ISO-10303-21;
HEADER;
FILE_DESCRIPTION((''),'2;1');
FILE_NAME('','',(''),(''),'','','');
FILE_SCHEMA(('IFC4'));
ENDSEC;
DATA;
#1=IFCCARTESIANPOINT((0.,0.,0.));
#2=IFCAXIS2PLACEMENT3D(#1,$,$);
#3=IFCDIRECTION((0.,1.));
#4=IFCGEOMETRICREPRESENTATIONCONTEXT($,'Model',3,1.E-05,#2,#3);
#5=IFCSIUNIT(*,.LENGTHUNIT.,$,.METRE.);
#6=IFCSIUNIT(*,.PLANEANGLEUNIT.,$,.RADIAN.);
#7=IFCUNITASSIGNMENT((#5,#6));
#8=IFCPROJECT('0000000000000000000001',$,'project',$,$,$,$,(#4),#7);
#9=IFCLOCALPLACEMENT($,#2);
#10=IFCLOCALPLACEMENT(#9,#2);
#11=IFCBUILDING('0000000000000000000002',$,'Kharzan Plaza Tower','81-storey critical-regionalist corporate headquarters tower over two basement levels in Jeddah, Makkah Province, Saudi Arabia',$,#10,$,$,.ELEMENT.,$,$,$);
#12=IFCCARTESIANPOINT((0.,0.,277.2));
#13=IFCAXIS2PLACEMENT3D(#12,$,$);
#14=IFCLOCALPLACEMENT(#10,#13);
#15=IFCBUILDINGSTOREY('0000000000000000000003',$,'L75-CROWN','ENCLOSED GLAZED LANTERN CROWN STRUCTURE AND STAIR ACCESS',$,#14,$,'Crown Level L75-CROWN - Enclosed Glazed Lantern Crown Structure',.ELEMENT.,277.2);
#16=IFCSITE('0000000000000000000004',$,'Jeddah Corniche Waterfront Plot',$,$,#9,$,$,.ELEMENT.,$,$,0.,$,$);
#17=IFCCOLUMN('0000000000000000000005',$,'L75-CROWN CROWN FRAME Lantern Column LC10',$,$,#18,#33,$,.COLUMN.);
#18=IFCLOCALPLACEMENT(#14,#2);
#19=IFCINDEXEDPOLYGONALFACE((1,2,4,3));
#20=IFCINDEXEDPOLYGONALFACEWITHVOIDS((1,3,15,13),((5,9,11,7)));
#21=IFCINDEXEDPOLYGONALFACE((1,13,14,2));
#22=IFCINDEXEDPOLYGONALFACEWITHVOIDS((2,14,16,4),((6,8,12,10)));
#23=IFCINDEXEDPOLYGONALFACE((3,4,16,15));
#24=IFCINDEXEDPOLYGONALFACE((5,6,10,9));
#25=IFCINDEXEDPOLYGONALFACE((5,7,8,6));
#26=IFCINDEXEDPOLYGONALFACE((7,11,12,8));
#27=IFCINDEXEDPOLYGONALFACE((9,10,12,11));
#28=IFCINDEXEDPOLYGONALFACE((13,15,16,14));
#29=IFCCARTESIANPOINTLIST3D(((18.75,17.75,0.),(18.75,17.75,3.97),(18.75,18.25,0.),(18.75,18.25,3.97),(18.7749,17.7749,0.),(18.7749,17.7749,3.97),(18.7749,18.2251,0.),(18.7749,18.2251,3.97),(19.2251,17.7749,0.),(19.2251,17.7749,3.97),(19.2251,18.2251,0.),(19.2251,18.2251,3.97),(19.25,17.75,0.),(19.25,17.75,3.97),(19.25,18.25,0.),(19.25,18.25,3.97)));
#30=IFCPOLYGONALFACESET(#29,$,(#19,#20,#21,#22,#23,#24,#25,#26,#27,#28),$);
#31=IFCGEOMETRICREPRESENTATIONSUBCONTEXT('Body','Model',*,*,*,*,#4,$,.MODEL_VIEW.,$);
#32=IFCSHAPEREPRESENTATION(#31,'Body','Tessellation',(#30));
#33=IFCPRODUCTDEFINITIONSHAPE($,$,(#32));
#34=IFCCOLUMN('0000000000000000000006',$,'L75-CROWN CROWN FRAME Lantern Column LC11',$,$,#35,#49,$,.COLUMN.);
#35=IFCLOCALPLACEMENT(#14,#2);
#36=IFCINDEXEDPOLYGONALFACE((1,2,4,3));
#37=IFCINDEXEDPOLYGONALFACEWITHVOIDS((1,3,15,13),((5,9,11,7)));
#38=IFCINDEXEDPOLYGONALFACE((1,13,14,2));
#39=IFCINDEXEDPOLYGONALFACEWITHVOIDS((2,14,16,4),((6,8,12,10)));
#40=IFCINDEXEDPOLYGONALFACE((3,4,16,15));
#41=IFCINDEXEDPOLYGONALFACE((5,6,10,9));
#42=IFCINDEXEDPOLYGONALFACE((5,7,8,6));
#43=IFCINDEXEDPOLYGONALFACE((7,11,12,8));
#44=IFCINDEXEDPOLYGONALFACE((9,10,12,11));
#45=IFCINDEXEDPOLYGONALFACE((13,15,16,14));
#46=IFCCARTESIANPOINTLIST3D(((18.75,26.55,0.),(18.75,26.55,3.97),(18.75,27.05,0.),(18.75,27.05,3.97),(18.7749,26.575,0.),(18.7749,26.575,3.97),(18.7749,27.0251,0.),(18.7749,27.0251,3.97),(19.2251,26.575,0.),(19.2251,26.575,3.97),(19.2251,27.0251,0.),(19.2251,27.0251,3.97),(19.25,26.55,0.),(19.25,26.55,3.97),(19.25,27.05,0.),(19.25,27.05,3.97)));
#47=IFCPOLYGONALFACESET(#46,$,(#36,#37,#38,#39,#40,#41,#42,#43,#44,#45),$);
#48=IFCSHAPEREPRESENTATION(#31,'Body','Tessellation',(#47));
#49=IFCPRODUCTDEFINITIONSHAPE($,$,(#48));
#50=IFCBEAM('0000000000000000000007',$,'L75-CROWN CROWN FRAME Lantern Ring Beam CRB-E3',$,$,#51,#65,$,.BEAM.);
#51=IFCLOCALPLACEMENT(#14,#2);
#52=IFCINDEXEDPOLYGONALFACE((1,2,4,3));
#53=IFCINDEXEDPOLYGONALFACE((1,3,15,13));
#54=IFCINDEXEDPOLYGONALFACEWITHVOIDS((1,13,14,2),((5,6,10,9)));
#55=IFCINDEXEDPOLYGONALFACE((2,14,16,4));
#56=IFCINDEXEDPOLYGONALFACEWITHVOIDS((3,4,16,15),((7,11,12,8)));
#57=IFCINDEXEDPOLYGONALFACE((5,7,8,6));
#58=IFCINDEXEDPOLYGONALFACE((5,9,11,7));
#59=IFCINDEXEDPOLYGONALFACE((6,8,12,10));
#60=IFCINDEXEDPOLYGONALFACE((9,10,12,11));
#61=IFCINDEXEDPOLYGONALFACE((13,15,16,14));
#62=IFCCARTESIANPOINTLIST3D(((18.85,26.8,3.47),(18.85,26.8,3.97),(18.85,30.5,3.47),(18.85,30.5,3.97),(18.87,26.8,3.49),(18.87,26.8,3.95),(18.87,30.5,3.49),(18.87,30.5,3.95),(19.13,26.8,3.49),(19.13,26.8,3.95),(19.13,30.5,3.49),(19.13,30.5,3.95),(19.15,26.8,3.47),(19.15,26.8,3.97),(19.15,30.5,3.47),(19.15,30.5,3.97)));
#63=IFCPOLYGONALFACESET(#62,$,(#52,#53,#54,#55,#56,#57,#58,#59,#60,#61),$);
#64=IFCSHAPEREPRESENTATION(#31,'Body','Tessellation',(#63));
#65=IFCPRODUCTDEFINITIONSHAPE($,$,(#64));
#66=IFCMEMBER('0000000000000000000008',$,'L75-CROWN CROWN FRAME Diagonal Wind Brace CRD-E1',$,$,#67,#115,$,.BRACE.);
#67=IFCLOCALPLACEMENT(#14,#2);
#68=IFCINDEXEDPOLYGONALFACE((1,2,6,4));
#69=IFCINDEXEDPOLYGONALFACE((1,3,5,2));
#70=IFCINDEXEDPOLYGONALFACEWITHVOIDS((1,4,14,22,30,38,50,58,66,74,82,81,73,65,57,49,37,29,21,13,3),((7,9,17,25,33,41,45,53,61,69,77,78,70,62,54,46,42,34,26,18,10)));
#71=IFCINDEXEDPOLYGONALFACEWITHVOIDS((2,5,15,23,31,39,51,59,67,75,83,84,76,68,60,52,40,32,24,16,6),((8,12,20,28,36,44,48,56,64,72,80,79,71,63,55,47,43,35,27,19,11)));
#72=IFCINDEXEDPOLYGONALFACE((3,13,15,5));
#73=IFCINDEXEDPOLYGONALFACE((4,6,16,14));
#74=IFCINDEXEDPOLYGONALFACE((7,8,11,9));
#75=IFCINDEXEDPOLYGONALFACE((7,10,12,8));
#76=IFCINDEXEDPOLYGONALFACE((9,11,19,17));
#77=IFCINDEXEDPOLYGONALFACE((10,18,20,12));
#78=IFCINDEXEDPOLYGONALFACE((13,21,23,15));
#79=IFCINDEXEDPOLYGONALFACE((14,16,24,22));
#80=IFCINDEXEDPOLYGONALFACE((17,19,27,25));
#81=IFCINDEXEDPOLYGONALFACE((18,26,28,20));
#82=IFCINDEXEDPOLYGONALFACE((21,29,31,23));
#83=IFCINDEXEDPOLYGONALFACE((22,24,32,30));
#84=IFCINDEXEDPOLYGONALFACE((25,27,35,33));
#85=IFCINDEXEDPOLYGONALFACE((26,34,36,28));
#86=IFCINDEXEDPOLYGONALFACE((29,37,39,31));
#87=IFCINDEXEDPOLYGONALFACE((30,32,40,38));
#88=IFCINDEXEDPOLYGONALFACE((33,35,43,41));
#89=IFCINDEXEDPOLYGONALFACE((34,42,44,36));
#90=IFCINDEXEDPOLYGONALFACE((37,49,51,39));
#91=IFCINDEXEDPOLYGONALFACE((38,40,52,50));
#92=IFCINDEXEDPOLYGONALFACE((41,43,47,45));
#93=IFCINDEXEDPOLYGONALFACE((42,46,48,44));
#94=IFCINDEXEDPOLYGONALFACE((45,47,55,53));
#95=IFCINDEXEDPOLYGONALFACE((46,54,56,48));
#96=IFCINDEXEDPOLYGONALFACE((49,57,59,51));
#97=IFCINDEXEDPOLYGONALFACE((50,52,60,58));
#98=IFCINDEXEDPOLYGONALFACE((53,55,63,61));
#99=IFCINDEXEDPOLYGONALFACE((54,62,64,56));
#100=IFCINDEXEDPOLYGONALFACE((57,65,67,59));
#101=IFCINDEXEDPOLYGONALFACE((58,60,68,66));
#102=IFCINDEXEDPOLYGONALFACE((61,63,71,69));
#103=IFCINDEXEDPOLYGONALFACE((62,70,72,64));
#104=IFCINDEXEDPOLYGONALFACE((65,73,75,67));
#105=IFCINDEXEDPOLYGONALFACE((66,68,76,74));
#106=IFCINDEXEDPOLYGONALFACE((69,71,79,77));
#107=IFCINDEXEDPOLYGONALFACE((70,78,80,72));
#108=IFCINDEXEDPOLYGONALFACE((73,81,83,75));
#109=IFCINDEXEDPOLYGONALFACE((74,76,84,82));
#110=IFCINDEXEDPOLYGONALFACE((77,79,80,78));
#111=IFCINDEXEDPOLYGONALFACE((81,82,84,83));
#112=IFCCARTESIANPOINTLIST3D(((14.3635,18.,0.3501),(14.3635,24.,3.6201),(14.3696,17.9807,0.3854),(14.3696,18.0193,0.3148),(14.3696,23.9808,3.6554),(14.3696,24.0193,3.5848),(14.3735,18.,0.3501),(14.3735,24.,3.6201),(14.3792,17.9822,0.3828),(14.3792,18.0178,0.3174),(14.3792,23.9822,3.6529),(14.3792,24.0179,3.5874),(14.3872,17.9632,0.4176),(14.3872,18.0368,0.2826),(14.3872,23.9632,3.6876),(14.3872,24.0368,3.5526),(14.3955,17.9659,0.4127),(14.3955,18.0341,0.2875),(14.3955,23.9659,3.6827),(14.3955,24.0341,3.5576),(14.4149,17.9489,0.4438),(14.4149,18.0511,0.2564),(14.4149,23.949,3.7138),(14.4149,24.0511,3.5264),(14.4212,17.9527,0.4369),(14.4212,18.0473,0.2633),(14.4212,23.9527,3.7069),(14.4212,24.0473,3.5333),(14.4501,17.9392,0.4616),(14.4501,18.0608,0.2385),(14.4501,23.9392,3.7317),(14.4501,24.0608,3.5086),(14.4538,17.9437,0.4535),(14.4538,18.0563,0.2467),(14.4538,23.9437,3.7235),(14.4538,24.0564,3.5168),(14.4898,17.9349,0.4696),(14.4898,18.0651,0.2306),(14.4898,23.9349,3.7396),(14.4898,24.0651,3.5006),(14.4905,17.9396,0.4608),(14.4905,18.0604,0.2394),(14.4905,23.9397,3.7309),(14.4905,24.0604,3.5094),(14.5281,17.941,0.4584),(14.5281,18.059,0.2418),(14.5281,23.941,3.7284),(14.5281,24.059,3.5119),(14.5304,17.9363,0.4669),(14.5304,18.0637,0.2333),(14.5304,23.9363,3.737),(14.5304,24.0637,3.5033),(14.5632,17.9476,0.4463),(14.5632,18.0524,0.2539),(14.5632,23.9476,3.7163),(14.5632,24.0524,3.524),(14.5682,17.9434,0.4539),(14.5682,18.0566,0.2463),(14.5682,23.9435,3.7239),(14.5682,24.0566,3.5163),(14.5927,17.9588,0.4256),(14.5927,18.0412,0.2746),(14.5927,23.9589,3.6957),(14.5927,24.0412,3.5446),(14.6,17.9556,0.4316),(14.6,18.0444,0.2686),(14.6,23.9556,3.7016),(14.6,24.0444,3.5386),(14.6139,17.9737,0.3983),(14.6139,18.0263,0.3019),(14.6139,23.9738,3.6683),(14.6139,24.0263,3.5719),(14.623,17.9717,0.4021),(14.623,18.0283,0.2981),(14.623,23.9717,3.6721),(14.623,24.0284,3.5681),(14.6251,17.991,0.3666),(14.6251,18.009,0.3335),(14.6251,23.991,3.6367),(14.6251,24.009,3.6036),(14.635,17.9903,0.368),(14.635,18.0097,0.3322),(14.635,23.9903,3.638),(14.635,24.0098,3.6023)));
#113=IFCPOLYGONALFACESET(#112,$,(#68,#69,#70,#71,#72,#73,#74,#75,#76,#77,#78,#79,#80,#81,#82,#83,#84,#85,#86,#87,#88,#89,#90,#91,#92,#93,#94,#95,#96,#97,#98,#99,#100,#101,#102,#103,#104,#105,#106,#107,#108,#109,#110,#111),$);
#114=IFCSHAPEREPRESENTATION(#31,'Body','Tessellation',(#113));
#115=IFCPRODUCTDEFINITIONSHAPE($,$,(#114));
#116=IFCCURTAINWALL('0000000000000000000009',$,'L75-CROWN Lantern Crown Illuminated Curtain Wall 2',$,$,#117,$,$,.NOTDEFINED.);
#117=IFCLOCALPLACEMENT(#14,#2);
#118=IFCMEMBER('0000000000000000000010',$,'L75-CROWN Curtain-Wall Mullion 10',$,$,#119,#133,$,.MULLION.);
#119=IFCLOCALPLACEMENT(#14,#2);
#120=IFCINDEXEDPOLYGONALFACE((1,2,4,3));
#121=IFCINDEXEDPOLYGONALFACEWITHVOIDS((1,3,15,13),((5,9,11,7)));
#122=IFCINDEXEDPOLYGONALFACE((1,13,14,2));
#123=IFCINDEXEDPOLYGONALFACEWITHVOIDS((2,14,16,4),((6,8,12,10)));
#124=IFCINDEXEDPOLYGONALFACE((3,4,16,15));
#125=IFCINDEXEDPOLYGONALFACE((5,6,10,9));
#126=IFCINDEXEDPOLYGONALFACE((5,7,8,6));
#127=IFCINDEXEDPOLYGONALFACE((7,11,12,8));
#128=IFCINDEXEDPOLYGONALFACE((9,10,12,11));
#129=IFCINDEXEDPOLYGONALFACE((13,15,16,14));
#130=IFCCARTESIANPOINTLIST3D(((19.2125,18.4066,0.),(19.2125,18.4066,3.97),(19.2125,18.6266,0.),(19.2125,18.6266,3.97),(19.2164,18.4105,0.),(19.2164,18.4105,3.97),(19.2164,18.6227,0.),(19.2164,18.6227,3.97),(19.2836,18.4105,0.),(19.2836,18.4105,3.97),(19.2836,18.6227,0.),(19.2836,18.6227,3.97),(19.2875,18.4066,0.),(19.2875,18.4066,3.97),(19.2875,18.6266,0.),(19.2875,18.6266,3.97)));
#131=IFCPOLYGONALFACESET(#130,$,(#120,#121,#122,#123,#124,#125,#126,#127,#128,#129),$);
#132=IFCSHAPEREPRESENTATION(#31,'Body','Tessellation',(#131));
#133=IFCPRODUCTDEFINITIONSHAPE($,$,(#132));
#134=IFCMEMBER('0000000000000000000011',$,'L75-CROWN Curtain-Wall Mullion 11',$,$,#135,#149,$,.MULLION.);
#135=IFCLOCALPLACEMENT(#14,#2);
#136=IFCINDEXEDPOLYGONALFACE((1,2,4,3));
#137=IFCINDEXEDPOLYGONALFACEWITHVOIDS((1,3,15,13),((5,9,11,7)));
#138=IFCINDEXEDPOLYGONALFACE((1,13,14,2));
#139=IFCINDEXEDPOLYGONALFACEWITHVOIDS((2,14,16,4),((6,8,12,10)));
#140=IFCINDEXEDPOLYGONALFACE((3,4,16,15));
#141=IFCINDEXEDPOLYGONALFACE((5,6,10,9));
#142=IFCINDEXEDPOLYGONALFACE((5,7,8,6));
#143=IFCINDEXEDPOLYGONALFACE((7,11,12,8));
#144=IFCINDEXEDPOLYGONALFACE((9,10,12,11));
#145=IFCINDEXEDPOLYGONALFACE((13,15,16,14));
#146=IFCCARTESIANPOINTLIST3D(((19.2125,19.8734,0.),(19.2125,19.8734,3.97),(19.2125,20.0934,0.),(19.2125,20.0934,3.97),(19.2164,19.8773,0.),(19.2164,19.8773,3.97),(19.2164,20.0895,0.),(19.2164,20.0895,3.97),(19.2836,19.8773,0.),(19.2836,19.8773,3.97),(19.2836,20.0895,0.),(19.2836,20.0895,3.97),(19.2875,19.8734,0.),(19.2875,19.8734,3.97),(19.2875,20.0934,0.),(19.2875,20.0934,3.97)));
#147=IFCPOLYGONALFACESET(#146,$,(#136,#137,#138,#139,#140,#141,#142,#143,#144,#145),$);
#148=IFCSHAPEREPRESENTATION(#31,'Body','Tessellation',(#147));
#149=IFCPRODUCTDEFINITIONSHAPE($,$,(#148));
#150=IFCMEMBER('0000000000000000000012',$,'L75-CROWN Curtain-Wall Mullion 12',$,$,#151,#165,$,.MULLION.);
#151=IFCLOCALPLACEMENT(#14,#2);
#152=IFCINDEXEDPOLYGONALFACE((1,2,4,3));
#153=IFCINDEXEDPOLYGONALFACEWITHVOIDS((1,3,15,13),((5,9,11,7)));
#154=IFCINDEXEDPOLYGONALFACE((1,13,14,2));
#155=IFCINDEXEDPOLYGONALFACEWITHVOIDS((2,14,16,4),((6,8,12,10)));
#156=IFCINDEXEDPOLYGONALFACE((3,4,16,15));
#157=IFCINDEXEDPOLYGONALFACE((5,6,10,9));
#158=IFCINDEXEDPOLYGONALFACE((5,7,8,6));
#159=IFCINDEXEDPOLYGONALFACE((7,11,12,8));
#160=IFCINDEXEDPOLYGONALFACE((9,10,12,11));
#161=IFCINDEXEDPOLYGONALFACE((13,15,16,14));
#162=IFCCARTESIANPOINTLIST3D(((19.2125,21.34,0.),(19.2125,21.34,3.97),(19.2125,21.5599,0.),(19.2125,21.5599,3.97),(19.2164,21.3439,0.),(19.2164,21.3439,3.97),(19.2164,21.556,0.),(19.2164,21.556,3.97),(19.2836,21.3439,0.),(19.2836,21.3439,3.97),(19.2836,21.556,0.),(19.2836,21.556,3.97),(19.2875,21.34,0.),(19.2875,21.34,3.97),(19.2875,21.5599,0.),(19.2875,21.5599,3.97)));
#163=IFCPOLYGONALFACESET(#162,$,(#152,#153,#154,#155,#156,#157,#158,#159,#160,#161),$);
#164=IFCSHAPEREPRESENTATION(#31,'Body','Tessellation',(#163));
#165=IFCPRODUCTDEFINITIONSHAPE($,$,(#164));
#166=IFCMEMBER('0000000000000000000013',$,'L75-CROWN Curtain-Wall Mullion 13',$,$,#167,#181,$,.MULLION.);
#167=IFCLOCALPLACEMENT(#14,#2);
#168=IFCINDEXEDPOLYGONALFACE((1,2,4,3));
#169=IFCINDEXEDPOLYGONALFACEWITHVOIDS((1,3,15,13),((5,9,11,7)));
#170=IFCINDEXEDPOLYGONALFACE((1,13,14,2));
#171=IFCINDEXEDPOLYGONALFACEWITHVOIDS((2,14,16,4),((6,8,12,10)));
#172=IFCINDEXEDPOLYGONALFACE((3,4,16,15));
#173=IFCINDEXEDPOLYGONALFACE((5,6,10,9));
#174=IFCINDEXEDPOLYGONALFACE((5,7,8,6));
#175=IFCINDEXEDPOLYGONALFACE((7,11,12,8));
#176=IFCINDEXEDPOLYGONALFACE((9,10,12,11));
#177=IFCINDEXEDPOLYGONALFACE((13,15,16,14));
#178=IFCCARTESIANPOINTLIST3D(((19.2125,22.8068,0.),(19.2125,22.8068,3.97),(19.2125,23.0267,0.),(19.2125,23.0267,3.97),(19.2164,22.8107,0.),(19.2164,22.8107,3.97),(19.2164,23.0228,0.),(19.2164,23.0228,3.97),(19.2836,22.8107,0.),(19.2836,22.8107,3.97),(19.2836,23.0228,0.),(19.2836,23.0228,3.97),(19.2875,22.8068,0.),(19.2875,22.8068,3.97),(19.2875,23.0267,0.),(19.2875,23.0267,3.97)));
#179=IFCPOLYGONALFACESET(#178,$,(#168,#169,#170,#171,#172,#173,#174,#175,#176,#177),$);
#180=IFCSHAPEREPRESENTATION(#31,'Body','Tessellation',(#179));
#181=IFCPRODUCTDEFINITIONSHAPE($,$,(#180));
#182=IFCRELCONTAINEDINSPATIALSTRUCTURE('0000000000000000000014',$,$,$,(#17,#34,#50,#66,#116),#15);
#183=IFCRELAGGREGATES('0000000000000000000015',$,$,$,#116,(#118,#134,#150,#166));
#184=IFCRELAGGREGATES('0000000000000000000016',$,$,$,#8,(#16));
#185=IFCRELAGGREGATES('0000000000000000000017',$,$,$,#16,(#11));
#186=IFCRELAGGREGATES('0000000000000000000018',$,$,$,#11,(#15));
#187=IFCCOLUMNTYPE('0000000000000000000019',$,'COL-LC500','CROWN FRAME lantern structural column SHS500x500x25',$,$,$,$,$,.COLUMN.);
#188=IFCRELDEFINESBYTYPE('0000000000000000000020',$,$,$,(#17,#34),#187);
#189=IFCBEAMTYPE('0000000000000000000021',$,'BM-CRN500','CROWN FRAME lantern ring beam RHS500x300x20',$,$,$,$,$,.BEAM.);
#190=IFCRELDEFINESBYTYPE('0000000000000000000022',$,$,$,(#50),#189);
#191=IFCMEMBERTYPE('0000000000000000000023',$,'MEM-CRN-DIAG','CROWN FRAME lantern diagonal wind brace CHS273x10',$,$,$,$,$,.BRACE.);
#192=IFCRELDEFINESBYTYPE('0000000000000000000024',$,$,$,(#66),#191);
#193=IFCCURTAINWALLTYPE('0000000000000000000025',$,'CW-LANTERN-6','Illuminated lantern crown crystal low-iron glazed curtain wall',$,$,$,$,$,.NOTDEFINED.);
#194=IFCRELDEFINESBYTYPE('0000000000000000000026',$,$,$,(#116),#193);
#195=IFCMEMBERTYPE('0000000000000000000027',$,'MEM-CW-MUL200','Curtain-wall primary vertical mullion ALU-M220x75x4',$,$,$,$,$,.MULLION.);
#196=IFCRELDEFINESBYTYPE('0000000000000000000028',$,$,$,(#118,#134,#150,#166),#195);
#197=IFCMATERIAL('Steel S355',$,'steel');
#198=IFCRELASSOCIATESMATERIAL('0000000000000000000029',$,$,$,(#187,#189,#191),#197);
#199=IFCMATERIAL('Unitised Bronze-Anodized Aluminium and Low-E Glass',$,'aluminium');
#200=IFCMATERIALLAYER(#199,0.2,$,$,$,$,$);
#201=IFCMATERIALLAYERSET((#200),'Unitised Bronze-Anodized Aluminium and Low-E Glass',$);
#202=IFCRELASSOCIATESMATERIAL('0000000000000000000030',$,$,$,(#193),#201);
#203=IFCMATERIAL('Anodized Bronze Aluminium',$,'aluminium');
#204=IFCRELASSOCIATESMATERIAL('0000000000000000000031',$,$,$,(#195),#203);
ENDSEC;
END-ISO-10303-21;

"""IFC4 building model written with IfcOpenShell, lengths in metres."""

from ifc_helpers import new_model, si_unit, direction, frame, origin, origin_2d, place, context, subcontext, project, spatial, hollow_rectangle, hollow_circle, extrude, source, transform, mapped, material, layer, layer_set, material_profile, profile_set, type_object, element, aggregate, save


model = new_model("IFC4")

# Units and contexts
model_context = context("Model", 3, precision=1e-05, world=origin(), true_north=direction((0.0, 1.0)))
body_context = subcontext(model_context, "Body", "Model", "MODEL_VIEW")
ifc_project = project(units=[si_unit("LENGTHUNIT", "METRE"), si_unit("PLANEANGLEUNIT", "RADIAN")], contexts=[model_context])

# Site, building, storey
site_placement = place(None, origin())
site = spatial("IfcSite", under=ifc_project, at=site_placement, Name="Jeddah Corniche Waterfront Plot", CompositionType="ELEMENT", RefElevation=0.0)
building_placement = place(site_placement, origin())
building = spatial("IfcBuilding", under=site, at=building_placement, Name="Kharzan Plaza Tower", Description="81-storey critical-regionalist corporate headquarters tower over two basement levels in Jeddah, Makkah Province, Saudi Arabia", CompositionType="ELEMENT")
storey_placement = place(building_placement, frame((0.0, 0.0, 277.2)))
storey = spatial("IfcBuildingStorey", under=building, at=storey_placement, Name="L75-CROWN", Description="ENCLOSED GLAZED LANTERN CROWN STRUCTURE AND STAIR ACCESS", LongName="Crown Level L75-CROWN - Enclosed Glazed Lantern Crown Structure", CompositionType="ELEMENT", Elevation=277.2)

# Columns
ifc_material_1 = material(Name="Steel S355", Category="steel")
ifc_material_profile_1 = material_profile(ifc_material_1, hollow_rectangle(XDim=0.5, YDim=0.5, WallThickness=0.0249, at=origin_2d()), Name="SHS500x500x25")
ifc_profile_set_1 = profile_set([ifc_material_profile_1], Name="Steel S355")
column_type = type_object("IfcColumnType", Name="COL-LC500", Description="CROWN FRAME lantern structural column SHS500x500x25", PredefinedType="COLUMN", material=ifc_profile_set_1)
shared_shape_1 = source(origin(), body_context, "Body", "SweptSolid", [
    extrude(hollow_rectangle(XDim=0.5, YDim=0.5, WallThickness=0.0249, at=origin_2d()), origin(), (0.0, 0.0, 1.0), 3.97),
])
for number, where, z_axis, x_axis, name in (
    (1, (19.0, 18.0, 0.0), (0.0, 0.0, 1.0), (1.0, 0.0, 0.0), "L75-CROWN CROWN FRAME Lantern Column LC10"),
    (2, (19.0, 26.8, 0.0), (0.0, 0.0, 1.0), (1.0, 0.0, 0.0), "L75-CROWN CROWN FRAME Lantern Column LC11"),
):
    element("IfcColumn", number, at=place(storey_placement, frame(where, z_axis=z_axis, x_axis=x_axis)), inside=storey, type_object=column_type, Name=name, PredefinedType="COLUMN", context=body_context, shape_type="MappedRepresentation", body=[
        mapped(shared_shape_1, transform((0.0, 0.0, 0.0), x_axis=(1.0, 0.0, 0.0), y_axis=(0.0, 1.0, 0.0), z_axis=(0.0, 0.0, 1.0))),
    ])

# Beam
ifc_material_profile_2 = material_profile(ifc_material_1, hollow_rectangle(XDim=0.3, YDim=0.5, WallThickness=0.02, at=origin_2d()), Name="RHS500x300x20")
ifc_profile_set_2 = profile_set([ifc_material_profile_2], Name="Steel S355")
beam_type = type_object("IfcBeamType", Name="BM-CRN500", Description="CROWN FRAME lantern ring beam RHS500x300x20", PredefinedType="BEAM", material=ifc_profile_set_2)
shared_shape_2 = source(origin(), body_context, "Body", "SweptSolid", [
    extrude(hollow_rectangle(XDim=0.3, YDim=0.5, WallThickness=0.02, at=origin_2d()), origin(), (0.0, 0.0, 1.0), 3.7),
])
beam_placement = place(storey_placement, frame((19.0, 26.8, 3.72), z_axis=(0.0, 1.0, 0.0), x_axis=(-1.0, 0.0, 0.0)))
element("IfcBeam", 3, at=beam_placement, inside=storey, type_object=beam_type, Name="L75-CROWN CROWN FRAME Lantern Ring Beam CRB-E3", PredefinedType="BEAM", context=body_context, shape_type="MappedRepresentation", body=[
    mapped(shared_shape_2, transform((0.0, 0.0, 0.0), x_axis=(1.0, 0.0, 0.0), y_axis=(0.0, 1.0, 0.0), z_axis=(0.0, 0.0, 1.0))),
])

# Member
ifc_material_profile_3 = material_profile(ifc_material_1, hollow_circle(Radius=0.1365, WallThickness=0.01, at=origin_2d()), Name="CHS273x10")
ifc_profile_set_3 = profile_set([ifc_material_profile_3], Name="Steel S355")
member_type_1 = type_object("IfcMemberType", Name="MEM-CRN-DIAG", Description="CROWN FRAME lantern diagonal wind brace CHS273x10", PredefinedType="BRACE", material=ifc_profile_set_3)
shared_shape_3 = source(origin(), body_context, "Body", "SweptSolid", [
    extrude(hollow_circle(Radius=0.1365, WallThickness=0.01, at=origin_2d()), origin(), (0.0, 0.0, 1.0), 6.8333),
])
member_1_placement = place(storey_placement, frame((14.5, 18.0, 0.3501), z_axis=(0.0, 0.878062, 0.478547), x_axis=(-1.0, 0.0, 0.0)))
element("IfcMember", 4, at=member_1_placement, inside=storey, type_object=member_type_1, Name="L75-CROWN CROWN FRAME Diagonal Wind Brace CRD-E1", PredefinedType="BRACE", context=body_context, shape_type="MappedRepresentation", body=[
    mapped(shared_shape_3, transform((0.0, 0.0, 0.0), x_axis=(1.0, 0.0, 0.0), y_axis=(0.0, 1.0, 0.0), z_axis=(0.0, 0.0, 1.0))),
])

# Curtain wall, members
ifc_material_2 = material(Name="Unitised Bronze-Anodized Aluminium and Low-E Glass", Category="aluminium")
ifc_layer_1 = layer(ifc_material_2, 0.2)
ifc_layer_set_1 = layer_set([ifc_layer_1], Name="Unitised Bronze-Anodized Aluminium and Low-E Glass")
curtain_wall_type = type_object("IfcCurtainWallType", Name="CW-LANTERN-6", Description="Illuminated lantern crown crystal low-iron glazed curtain wall", PredefinedType="NOTDEFINED", material=ifc_layer_set_1)
curtain_wall_placement = place(storey_placement, origin())
curtain_wall = element("IfcCurtainWall", 5, at=curtain_wall_placement, inside=storey, type_object=curtain_wall_type, Name="L75-CROWN Lantern Crown Illuminated Curtain Wall 2", PredefinedType="NOTDEFINED")
ifc_material_3 = material(Name="Anodized Bronze Aluminium", Category="aluminium")
ifc_material_profile_4 = material_profile(ifc_material_3, hollow_rectangle(XDim=0.075, YDim=0.22, WallThickness=0.0039, at=origin_2d()), Name="ALU-M220x75x4")
ifc_profile_set_4 = profile_set([ifc_material_profile_4], Name="Anodized Bronze Aluminium")
member_type_2 = type_object("IfcMemberType", Name="MEM-CW-MUL200", Description="Curtain-wall primary vertical mullion ALU-M220x75x4", PredefinedType="MULLION", material=ifc_profile_set_4)
shared_shape_4 = source(origin(), body_context, "Body", "SweptSolid", [
    extrude(hollow_rectangle(XDim=0.075, YDim=0.22, WallThickness=0.0039, at=origin_2d()), origin(), (0.0, 0.0, 1.0), 3.97),
])
member_2_placement = place(storey_placement, frame((19.25, 18.5166, 0.0), z_axis=(0.0, 0.0, 1.0), x_axis=(1.0, 0.0, 0.0)))
member_2 = element("IfcMember", 6, at=member_2_placement, type_object=member_type_2, Name="L75-CROWN Curtain-Wall Mullion 10", PredefinedType="MULLION", context=body_context, shape_type="MappedRepresentation", body=[
    mapped(shared_shape_4, transform((0.0, 0.0, 0.0), x_axis=(1.0, 0.0, 0.0), y_axis=(0.0, 1.0, 0.0), z_axis=(0.0, 0.0, 1.0))),
])
member_3_placement = place(storey_placement, frame((19.25, 19.9834, 0.0), z_axis=(0.0, 0.0, 1.0), x_axis=(1.0, 0.0, 0.0)))
member_3 = element("IfcMember", 7, at=member_3_placement, type_object=member_type_2, Name="L75-CROWN Curtain-Wall Mullion 11", PredefinedType="MULLION", context=body_context, shape_type="MappedRepresentation", body=[
    mapped(shared_shape_4, transform((0.0, 0.0, 0.0), x_axis=(1.0, 0.0, 0.0), y_axis=(0.0, 1.0, 0.0), z_axis=(0.0, 0.0, 1.0))),
])
member_4_placement = place(storey_placement, frame((19.25, 21.45, 0.0), z_axis=(0.0, 0.0, 1.0), x_axis=(1.0, 0.0, 0.0)))
member_4 = element("IfcMember", 8, at=member_4_placement, type_object=member_type_2, Name="L75-CROWN Curtain-Wall Mullion 12", PredefinedType="MULLION", context=body_context, shape_type="MappedRepresentation", body=[
    mapped(shared_shape_4, transform((0.0, 0.0, 0.0), x_axis=(1.0, 0.0, 0.0), y_axis=(0.0, 1.0, 0.0), z_axis=(0.0, 0.0, 1.0))),
])
member_5_placement = place(storey_placement, frame((19.25, 22.9167, 0.0), z_axis=(0.0, 0.0, 1.0), x_axis=(1.0, 0.0, 0.0)))
member_5 = element("IfcMember", 9, at=member_5_placement, type_object=member_type_2, Name="L75-CROWN Curtain-Wall Mullion 13", PredefinedType="MULLION", context=body_context, shape_type="MappedRepresentation", body=[
    mapped(shared_shape_4, transform((0.0, 0.0, 0.0), x_axis=(1.0, 0.0, 0.0), y_axis=(0.0, 1.0, 0.0), z_axis=(0.0, 0.0, 1.0))),
])
aggregate(curtain_wall, [member_2, member_3, member_4, member_5])

save(model, "model.ifc")
